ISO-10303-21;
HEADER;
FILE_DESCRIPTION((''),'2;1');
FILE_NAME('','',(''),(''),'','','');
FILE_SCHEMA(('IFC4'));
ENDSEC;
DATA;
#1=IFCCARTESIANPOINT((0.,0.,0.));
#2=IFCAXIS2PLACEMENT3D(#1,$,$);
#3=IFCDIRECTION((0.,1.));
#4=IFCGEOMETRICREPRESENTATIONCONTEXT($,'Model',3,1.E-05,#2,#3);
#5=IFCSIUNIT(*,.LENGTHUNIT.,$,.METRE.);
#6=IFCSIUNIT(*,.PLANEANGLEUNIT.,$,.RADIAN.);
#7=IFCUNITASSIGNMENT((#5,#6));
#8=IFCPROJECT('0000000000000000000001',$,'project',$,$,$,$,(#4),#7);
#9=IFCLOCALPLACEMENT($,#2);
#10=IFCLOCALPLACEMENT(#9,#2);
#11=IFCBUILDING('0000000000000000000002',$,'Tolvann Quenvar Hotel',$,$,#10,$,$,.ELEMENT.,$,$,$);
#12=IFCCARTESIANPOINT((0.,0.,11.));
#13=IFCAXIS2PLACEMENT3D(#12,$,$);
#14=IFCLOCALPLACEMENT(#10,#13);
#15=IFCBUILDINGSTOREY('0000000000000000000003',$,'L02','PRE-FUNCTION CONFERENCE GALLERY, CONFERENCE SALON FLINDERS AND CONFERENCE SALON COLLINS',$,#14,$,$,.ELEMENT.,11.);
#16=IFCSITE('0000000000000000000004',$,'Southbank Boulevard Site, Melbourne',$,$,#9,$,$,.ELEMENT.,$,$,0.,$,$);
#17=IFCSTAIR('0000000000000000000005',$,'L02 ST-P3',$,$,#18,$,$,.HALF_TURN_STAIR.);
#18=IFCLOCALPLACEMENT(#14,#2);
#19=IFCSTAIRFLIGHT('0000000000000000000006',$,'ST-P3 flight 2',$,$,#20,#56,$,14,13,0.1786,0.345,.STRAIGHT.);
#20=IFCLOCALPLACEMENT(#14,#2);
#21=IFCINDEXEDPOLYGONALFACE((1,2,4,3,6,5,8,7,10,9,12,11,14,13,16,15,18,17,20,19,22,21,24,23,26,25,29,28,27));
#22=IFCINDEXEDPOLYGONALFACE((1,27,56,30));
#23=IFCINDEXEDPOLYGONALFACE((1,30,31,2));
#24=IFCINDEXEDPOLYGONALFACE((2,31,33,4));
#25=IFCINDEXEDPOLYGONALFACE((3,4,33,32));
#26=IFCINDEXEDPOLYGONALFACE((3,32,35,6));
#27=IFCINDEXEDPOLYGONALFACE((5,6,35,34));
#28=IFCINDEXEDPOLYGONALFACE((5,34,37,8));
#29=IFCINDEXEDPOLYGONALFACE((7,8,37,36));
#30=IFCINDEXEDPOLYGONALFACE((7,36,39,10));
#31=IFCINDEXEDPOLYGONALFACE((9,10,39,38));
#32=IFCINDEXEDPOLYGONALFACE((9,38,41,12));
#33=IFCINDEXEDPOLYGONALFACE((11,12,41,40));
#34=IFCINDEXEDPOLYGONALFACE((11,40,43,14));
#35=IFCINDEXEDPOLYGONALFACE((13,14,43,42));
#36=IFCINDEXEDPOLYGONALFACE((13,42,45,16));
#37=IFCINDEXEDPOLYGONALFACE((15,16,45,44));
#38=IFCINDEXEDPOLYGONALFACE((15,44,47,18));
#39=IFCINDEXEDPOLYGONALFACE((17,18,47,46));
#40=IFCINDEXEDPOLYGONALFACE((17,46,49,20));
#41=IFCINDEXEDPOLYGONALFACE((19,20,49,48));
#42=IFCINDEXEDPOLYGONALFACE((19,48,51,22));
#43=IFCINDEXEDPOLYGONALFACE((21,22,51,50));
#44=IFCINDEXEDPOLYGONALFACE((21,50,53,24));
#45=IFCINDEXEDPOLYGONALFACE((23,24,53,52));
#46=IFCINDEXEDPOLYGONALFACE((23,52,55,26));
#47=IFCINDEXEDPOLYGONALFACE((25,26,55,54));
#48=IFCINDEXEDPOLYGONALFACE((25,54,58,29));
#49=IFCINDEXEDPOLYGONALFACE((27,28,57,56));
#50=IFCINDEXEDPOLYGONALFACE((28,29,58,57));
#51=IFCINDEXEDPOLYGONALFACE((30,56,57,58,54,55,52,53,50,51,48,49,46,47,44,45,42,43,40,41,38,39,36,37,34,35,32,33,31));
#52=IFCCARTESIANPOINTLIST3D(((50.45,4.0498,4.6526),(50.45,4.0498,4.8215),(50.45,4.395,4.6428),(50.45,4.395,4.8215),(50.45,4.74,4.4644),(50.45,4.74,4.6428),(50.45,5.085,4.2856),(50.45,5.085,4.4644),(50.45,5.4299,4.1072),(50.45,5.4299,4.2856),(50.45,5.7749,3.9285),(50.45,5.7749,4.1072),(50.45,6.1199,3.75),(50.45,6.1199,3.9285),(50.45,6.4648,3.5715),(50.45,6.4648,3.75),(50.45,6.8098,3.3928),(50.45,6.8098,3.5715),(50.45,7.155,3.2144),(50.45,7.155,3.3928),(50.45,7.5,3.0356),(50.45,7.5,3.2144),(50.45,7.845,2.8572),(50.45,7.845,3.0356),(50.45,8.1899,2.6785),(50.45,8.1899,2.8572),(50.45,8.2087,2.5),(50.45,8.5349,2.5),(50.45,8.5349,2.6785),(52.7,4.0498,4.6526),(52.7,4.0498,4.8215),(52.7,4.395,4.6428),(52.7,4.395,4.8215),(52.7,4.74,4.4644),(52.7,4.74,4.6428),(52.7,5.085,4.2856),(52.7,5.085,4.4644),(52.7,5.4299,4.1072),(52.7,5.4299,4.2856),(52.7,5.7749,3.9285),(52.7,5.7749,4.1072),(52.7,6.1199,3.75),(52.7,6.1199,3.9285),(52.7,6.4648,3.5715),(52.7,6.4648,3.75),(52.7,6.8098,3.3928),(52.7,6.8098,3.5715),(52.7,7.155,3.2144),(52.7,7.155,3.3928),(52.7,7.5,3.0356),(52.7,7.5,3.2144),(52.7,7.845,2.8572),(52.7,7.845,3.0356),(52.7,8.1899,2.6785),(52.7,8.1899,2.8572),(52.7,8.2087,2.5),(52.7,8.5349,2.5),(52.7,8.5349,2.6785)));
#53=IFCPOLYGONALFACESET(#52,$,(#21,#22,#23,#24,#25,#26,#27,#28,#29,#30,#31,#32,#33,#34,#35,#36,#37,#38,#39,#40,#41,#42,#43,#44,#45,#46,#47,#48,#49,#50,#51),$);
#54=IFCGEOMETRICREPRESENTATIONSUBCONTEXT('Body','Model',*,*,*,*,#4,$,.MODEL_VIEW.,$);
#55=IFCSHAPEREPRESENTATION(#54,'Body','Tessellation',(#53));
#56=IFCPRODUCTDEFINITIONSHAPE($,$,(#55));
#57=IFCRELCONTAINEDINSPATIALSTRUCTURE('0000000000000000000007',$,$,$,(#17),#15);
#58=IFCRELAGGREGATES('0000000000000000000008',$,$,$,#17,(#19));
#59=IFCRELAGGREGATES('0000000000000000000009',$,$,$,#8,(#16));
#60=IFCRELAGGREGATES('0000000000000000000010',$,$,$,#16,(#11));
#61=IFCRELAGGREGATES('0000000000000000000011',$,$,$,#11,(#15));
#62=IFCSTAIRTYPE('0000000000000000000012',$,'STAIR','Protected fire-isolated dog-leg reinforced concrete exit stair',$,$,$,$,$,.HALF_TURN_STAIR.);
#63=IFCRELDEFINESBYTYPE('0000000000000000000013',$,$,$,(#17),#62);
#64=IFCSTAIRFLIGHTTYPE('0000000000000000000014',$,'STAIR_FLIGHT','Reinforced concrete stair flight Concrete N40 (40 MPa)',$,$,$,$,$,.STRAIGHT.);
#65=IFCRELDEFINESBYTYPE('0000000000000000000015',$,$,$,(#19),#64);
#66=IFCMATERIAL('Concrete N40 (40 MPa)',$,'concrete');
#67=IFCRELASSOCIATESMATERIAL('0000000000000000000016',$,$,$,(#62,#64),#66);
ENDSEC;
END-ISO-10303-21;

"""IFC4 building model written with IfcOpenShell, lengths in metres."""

from ifc_helpers import new_model, si_unit, direction, frame, origin, place, context, subcontext, project, spatial, polyline, outline, extrude, material, type_object, element, aggregate, save


model = new_model("IFC4")

# Units and contexts
model_context = context("Model", 3, precision=1e-05, world=origin(), true_north=direction((0.0, 1.0)))
body_context = subcontext(model_context, "Body", "Model", "MODEL_VIEW")
ifc_project = project(units=[si_unit("LENGTHUNIT", "METRE"), si_unit("PLANEANGLEUNIT", "RADIAN")], contexts=[model_context])

# Site, building, storey
site_placement = place(None, origin())
site = spatial("IfcSite", under=ifc_project, at=site_placement, Name="Southbank Boulevard Site, Melbourne", CompositionType="ELEMENT", RefElevation=0.0)
building_placement = place(site_placement, origin())
building = spatial("IfcBuilding", under=site, at=building_placement, Name="Tolvann Quenvar Hotel", CompositionType="ELEMENT")
storey_placement = place(building_placement, frame((0.0, 0.0, 11.0)))
storey = spatial("IfcBuildingStorey", under=building, at=storey_placement, Name="L02", Description="PRE-FUNCTION CONFERENCE GALLERY, CONFERENCE SALON FLINDERS AND CONFERENCE SALON COLLINS", CompositionType="ELEMENT", Elevation=11.0)

# Stair, stair flight
ifc_material_1 = material(Name="Concrete N40 (40 MPa)", Category="concrete")
stair_type = type_object("IfcStairType", Name="STAIR", Description="Protected fire-isolated dog-leg reinforced concrete exit stair", PredefinedType="HALF_TURN_STAIR", material=ifc_material_1)
stair_placement = place(storey_placement, origin())
stair = element("IfcStair", 1, at=stair_placement, inside=storey, type_object=stair_type, Name="L02 ST-P3", PredefinedType="HALF_TURN_STAIR")
stair_flight_type = type_object("IfcStairFlightType", Name="STAIR_FLIGHT", Description="Reinforced concrete stair flight Concrete N40 (40 MPa)", PredefinedType="STRAIGHT", material=ifc_material_1)
stair_flight_placement = place(storey_placement, frame((51.575, 8.5349, 2.5), z_axis=(0.0, 0.0, 1.0), x_axis=(0.0, -1.0, 0.0)))
stair_flight = element("IfcStairFlight", 2, at=stair_flight_placement, type_object=stair_flight_type, Name="ST-P3 flight 2", NumberOfRisers=14, NumberOfTreads=13, PredefinedType="STRAIGHT", RiserHeight=0.1786, TreadLength=0.345, context=body_context, shape_type="SweptSolid", body=[
    extrude(outline(polyline([(0.0, 0.0), (0.0, 0.1785), (0.345, 0.1785), (0.345, 0.3572), (0.6899, 0.3572), (0.6899, 0.5356), (1.0349, 0.5356), (1.0349, 0.7144), (1.3799, 0.7144), (1.3799, 0.8928), (1.7251, 0.8928), (1.7251, 1.0715), (2.0701, 1.0715), (2.0701, 1.25), (2.415, 1.25), (2.415, 1.4285), (2.76, 1.4285), (2.76, 1.6072), (3.105, 1.6072), (3.105, 1.7856), (3.45, 1.7856), (3.45, 1.9644), (3.7949, 1.9644), (3.7949, 2.1428), (4.1399, 2.1428), (4.1399, 2.3215), (4.4851, 2.3215), (4.4851, 2.5), (4.4851, 2.1526), (0.3262, 0.0), (0.0, 0.0)])), frame((0.0, 1.125, 0.0), z_axis=(0.0, -1.0, 0.0), x_axis=(1.0, 0.0, 0.0)), (0.0, 0.0, 1.0), 2.25),
])
aggregate(stair, [stair_flight])

save(model, "model.ifc")
